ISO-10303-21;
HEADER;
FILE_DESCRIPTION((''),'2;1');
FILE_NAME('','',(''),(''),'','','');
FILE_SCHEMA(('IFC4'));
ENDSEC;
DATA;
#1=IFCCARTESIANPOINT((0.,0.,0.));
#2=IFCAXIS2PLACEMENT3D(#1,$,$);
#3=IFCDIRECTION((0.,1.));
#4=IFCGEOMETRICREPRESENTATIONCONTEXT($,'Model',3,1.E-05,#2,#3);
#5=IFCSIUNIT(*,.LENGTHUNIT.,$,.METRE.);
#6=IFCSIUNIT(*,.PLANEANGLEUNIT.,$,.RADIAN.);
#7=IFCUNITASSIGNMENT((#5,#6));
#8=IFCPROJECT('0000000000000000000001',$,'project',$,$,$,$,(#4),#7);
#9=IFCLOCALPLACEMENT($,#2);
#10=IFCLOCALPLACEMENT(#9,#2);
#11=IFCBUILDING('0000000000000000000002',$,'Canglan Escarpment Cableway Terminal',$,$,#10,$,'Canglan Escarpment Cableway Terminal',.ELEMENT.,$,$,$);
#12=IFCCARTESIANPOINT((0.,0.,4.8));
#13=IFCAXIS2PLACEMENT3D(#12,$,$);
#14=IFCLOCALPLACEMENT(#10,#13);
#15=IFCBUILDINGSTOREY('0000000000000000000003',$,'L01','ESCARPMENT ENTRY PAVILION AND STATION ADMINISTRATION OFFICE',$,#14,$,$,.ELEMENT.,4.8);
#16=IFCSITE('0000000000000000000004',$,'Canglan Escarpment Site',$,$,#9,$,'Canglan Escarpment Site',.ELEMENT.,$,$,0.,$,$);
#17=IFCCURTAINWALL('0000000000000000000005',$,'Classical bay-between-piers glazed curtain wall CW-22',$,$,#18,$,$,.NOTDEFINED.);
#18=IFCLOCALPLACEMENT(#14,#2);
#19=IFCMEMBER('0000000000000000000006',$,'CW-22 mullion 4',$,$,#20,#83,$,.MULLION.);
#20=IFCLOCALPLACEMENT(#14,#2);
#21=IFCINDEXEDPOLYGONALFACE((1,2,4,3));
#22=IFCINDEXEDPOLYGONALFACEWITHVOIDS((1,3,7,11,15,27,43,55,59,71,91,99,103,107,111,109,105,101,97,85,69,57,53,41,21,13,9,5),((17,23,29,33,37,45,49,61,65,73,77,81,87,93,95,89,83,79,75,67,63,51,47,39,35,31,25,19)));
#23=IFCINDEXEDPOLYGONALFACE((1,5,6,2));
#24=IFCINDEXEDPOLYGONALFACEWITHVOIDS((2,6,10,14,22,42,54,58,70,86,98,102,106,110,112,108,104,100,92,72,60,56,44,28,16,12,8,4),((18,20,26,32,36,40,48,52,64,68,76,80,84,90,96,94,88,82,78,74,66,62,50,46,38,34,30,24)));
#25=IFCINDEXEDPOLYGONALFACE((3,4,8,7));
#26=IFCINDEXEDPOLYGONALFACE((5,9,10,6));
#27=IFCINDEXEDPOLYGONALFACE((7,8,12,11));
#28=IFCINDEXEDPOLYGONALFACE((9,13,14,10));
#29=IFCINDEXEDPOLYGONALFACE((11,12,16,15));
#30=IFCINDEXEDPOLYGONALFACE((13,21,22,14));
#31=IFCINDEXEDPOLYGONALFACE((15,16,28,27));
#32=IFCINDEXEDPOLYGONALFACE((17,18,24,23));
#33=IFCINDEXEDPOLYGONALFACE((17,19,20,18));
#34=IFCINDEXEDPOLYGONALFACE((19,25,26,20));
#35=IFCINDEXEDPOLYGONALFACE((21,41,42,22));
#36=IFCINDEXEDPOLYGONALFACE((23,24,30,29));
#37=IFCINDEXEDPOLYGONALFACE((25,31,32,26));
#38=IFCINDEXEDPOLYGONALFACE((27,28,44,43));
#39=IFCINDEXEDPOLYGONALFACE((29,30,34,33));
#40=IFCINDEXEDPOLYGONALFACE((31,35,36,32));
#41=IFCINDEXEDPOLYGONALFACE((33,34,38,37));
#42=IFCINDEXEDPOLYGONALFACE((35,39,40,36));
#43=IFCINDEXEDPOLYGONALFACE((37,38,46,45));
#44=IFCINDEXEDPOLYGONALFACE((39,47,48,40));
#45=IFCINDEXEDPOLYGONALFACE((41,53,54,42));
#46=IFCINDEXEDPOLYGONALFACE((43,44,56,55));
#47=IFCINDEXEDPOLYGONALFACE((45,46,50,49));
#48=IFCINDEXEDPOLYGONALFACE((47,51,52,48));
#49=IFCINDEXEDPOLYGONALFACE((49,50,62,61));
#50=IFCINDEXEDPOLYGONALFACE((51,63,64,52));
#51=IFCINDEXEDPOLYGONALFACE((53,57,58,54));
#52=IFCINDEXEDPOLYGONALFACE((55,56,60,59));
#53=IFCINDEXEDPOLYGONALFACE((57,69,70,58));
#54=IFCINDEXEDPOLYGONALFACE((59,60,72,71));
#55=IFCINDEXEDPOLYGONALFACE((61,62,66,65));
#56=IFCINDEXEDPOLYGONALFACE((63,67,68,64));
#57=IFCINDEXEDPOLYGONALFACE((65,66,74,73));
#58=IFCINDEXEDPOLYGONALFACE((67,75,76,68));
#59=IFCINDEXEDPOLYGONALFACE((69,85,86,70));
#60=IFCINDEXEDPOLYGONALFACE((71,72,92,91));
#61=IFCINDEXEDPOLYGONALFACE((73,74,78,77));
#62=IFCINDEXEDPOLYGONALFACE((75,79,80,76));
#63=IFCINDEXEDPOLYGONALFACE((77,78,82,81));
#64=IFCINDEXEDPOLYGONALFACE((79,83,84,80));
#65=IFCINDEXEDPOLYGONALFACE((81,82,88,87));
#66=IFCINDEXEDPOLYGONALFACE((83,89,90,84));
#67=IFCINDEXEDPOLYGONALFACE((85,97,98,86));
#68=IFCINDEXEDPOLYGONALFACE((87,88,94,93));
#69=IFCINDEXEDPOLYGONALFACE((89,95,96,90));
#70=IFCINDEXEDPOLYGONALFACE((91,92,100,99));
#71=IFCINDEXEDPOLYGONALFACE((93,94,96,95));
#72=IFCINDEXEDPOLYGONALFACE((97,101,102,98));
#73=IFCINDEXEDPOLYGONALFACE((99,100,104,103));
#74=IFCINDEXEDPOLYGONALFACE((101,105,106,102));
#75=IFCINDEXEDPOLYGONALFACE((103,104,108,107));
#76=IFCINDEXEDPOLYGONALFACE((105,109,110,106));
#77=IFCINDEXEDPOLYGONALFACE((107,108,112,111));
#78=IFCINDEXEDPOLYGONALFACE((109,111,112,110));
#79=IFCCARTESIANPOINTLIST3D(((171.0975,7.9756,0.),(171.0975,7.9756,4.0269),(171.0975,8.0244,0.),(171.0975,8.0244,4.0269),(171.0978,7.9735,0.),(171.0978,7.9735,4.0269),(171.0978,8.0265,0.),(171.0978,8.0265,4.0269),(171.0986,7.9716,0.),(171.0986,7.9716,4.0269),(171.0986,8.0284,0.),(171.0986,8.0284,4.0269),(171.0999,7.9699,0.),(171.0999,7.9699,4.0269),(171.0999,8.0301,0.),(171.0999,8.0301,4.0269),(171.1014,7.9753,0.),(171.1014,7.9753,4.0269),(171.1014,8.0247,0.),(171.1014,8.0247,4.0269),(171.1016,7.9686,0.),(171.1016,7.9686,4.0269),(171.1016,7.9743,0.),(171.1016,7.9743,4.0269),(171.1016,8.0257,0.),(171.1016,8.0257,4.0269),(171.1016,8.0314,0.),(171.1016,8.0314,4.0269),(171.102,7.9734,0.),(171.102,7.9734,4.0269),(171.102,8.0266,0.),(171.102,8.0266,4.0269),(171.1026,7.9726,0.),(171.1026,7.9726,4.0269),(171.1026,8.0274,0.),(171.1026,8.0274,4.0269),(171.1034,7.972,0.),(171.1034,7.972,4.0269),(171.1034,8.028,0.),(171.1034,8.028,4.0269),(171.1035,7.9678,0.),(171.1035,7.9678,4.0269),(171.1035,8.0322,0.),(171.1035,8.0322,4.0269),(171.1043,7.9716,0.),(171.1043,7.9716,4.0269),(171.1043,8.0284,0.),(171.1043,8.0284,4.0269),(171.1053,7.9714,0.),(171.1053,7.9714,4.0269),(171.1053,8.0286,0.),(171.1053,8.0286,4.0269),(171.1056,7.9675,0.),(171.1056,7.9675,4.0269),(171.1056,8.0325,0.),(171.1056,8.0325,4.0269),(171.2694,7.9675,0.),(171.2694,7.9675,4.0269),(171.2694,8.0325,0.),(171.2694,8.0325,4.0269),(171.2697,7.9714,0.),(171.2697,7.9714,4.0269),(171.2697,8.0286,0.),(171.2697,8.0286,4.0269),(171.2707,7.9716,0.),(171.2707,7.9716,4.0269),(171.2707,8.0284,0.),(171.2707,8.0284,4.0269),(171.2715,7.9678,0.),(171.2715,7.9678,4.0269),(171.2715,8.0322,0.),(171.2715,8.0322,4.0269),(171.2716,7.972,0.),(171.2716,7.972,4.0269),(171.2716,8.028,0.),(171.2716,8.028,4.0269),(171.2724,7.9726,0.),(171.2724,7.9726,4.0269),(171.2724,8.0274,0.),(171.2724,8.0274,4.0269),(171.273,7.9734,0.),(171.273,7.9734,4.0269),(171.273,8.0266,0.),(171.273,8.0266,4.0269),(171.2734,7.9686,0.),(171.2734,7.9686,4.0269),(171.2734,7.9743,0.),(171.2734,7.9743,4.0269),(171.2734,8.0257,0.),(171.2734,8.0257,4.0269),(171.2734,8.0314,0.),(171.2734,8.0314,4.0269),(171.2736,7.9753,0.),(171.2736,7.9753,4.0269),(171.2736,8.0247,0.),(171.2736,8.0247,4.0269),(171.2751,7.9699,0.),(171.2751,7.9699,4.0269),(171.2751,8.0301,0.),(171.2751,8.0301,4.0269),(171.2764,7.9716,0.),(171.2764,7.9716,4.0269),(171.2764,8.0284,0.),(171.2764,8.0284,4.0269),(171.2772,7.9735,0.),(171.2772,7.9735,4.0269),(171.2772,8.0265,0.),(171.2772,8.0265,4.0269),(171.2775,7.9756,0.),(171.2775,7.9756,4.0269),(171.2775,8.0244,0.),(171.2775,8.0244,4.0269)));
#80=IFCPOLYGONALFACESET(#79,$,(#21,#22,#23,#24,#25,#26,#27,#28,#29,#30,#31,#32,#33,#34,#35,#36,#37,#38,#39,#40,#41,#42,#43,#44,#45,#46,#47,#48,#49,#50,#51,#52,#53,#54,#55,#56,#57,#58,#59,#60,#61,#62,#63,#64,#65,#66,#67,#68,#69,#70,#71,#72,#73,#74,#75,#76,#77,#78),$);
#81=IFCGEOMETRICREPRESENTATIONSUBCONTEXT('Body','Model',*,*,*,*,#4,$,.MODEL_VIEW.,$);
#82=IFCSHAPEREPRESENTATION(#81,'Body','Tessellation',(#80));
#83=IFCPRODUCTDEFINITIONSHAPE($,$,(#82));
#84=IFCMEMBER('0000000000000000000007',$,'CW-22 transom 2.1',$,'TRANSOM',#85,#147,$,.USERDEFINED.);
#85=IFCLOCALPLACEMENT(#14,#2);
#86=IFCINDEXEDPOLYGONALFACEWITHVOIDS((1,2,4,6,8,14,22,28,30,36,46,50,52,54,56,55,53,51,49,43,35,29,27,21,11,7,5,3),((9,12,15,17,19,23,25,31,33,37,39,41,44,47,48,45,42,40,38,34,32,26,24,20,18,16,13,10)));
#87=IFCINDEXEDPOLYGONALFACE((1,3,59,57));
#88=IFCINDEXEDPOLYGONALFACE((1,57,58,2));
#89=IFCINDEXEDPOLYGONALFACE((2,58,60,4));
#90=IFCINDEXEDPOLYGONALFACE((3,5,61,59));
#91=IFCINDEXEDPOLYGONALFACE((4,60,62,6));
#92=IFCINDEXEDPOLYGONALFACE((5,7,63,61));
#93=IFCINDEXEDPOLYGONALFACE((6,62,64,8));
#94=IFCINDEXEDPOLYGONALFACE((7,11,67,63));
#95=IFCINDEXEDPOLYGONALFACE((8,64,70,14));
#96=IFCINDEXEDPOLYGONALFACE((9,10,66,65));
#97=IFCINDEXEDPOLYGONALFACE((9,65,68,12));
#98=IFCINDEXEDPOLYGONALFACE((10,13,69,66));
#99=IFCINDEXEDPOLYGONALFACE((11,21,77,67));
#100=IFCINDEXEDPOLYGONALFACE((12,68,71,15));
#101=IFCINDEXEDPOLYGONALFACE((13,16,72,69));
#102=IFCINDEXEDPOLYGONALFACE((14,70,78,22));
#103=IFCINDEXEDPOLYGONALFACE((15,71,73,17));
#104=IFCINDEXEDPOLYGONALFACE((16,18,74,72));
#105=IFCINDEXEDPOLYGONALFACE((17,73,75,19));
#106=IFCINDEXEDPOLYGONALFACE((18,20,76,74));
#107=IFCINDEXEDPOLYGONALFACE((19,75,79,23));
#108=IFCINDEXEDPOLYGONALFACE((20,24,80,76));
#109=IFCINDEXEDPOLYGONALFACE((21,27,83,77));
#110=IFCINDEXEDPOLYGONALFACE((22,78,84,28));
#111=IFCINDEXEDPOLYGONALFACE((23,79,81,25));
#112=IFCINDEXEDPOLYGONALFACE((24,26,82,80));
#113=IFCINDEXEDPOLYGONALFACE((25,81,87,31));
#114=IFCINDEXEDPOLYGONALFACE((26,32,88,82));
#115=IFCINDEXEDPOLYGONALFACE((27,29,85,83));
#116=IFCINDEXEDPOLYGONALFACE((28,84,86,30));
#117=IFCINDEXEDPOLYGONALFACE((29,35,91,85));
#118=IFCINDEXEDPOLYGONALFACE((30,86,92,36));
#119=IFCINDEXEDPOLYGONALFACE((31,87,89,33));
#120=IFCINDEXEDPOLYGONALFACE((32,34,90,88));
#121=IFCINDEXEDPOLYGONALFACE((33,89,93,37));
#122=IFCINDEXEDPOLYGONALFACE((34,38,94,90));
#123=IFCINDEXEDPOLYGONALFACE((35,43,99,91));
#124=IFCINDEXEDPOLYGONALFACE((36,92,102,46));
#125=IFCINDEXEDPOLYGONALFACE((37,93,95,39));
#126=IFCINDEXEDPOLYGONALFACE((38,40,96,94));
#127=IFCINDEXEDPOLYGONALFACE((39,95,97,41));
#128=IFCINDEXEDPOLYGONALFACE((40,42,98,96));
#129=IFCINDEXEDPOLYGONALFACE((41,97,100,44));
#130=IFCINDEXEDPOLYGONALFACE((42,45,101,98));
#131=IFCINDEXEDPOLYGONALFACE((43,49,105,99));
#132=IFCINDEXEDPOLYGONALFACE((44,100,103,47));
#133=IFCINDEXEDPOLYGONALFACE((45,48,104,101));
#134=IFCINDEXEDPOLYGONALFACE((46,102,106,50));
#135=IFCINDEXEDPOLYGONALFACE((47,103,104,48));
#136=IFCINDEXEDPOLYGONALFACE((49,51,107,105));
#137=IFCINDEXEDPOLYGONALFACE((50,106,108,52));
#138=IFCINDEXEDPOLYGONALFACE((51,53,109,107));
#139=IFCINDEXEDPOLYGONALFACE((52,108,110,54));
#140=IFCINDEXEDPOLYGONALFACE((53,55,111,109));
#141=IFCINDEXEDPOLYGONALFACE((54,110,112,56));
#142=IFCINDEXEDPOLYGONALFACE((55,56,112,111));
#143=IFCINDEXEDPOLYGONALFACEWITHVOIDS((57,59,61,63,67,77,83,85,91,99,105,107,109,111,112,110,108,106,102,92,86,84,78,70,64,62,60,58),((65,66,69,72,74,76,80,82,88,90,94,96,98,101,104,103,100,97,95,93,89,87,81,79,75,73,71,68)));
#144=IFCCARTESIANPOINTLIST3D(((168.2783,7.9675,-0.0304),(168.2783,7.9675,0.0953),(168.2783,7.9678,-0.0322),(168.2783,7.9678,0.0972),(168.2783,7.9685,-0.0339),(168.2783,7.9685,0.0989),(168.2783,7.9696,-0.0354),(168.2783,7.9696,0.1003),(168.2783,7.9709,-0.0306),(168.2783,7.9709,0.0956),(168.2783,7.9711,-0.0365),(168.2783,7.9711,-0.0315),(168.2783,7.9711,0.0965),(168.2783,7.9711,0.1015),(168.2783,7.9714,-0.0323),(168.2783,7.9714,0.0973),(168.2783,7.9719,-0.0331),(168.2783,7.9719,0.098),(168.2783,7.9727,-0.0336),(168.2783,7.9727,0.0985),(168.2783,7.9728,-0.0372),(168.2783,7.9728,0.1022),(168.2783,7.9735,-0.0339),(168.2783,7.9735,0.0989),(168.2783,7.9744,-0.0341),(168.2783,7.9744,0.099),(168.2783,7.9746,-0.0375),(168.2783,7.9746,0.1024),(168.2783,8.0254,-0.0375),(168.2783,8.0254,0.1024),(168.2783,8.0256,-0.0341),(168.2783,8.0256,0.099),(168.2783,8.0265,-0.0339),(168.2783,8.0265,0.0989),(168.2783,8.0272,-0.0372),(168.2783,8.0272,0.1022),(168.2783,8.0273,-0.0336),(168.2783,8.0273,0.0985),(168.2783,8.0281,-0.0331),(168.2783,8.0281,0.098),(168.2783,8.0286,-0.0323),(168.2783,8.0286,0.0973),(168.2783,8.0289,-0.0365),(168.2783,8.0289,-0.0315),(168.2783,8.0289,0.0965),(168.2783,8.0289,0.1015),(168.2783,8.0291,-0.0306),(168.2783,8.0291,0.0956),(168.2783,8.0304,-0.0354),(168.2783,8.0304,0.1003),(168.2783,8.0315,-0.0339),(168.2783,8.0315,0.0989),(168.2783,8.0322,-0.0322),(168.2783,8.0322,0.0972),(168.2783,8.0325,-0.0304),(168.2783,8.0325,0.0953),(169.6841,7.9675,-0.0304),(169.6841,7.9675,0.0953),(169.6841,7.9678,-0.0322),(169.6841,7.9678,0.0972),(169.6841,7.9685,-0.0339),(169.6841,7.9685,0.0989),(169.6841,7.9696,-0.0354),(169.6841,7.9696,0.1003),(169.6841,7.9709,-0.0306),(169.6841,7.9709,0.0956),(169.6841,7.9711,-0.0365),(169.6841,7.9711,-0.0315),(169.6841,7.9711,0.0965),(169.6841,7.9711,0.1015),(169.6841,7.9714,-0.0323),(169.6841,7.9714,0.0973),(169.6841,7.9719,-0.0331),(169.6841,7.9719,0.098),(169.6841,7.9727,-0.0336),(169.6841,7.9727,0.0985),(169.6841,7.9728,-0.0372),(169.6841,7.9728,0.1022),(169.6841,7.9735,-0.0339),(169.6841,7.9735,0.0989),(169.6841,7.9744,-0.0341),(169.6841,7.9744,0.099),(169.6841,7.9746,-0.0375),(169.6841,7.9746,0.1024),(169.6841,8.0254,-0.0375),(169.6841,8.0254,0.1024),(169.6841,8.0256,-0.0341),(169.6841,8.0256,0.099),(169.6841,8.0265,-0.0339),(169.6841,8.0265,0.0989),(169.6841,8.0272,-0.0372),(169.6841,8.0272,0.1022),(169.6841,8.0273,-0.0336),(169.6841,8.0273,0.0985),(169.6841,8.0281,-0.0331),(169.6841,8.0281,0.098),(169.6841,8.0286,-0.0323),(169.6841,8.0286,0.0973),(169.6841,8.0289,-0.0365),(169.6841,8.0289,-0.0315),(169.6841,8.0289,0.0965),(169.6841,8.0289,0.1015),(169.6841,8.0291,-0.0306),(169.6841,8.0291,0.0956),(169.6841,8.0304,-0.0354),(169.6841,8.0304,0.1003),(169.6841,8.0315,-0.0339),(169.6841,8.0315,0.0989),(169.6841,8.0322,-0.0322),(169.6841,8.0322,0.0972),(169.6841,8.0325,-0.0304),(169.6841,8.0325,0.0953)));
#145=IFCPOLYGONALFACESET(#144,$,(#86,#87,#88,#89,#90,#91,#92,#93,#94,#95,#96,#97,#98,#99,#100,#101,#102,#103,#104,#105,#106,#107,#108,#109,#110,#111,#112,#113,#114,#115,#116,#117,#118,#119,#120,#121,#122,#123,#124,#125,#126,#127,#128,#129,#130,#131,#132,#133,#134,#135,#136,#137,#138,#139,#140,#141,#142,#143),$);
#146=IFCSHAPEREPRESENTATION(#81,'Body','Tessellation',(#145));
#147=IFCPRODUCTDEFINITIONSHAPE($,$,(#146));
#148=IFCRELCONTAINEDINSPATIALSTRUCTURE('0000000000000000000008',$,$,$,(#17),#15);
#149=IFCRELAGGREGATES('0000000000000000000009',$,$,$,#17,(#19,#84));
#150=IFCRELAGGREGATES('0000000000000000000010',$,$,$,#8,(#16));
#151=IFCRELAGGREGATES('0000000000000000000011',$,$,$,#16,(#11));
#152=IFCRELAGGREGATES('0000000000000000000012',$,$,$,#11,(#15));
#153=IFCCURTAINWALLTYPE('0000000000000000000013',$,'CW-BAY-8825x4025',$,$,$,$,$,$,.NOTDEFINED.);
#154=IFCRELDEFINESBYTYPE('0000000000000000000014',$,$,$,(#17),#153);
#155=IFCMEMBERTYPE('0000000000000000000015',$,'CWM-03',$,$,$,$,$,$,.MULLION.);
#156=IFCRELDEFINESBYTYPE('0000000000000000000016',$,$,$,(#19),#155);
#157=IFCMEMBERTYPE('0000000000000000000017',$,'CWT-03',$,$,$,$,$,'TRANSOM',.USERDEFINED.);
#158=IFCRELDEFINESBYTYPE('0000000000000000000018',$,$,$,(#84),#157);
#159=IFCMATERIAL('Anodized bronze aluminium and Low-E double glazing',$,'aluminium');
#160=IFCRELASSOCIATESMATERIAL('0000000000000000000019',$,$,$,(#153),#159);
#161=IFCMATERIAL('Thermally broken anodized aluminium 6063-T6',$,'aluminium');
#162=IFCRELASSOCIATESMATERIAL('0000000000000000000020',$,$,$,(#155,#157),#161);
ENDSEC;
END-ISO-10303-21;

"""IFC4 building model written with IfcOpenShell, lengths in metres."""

from ifc_helpers import new_model, si_unit, direction, frame, origin, origin_2d, place, context, subcontext, project, spatial, hollow_rectangle, extrude, material, material_profile, profile_set, type_object, element, aggregate, save


model = new_model("IFC4")

# Units and contexts
model_context = context("Model", 3, precision=1e-05, world=origin(), true_north=direction((0.0, 1.0)))
body_context = subcontext(model_context, "Body", "Model", "MODEL_VIEW")
ifc_project = project(units=[si_unit("LENGTHUNIT", "METRE"), si_unit("PLANEANGLEUNIT", "RADIAN")], contexts=[model_context])

# Site, building, storey
site_placement = place(None, origin())
site = spatial("IfcSite", under=ifc_project, at=site_placement, Name="Canglan Escarpment Site", LongName="Canglan Escarpment Site", CompositionType="ELEMENT", RefElevation=0.0)
building_placement = place(site_placement, origin())
building = spatial("IfcBuilding", under=site, at=building_placement, Name="Canglan Escarpment Cableway Terminal", LongName="Canglan Escarpment Cableway Terminal", CompositionType="ELEMENT")
storey_placement = place(building_placement, frame((0.0, 0.0, 4.8)))
storey = spatial("IfcBuildingStorey", under=building, at=storey_placement, Name="L01", Description="ESCARPMENT ENTRY PAVILION AND STATION ADMINISTRATION OFFICE", CompositionType="ELEMENT", Elevation=4.8)

# Curtain wall, members
ifc_material_1 = material(Name="Anodized bronze aluminium and Low-E double glazing", Category="aluminium")
curtain_wall_type = type_object("IfcCurtainWallType", Name="CW-BAY-8825x4025", PredefinedType="NOTDEFINED", material=ifc_material_1)
curtain_wall_placement = place(storey_placement, origin())
curtain_wall = element("IfcCurtainWall", 1, at=curtain_wall_placement, inside=storey, type_object=curtain_wall_type, Name="Classical bay-between-piers glazed curtain wall CW-22", PredefinedType="NOTDEFINED")
ifc_material_2 = material(Name="Thermally broken anodized aluminium 6063-T6", Category="aluminium")
ifc_material_profile_1 = material_profile(ifc_material_2, hollow_rectangle(XDim=0.0649, YDim=0.1799, WallThickness=0.0039, InnerFilletRadius=0.0039, OuterFilletRadius=0.0081, at=origin_2d()), Name="ALU-MULL 65x180x4")
ifc_profile_set_1 = profile_set([ifc_material_profile_1], Name="Thermally broken anodized aluminium 6063-T6")
member_type_1 = type_object("IfcMemberType", Name="CWM-03", PredefinedType="MULLION", material=ifc_profile_set_1)
member_1_placement = place(storey_placement, frame((171.1875, 8.0, 0.0), z_axis=(0.0, 0.0, 1.0), x_axis=(0.0, 1.0, 0.0)))
member_1 = element("IfcMember", 2, at=member_1_placement, type_object=member_type_1, Name="CW-22 mullion 4", PredefinedType="MULLION", context=body_context, shape_type="SweptSolid", body=[
    extrude(hollow_rectangle(XDim=0.0649, YDim=0.1799, WallThickness=0.0039, InnerFilletRadius=0.0039, OuterFilletRadius=0.0081, at=origin_2d()), origin(), (0.0, 0.0, 1.0), 4.0269),
])
ifc_material_profile_2 = material_profile(ifc_material_2, hollow_rectangle(XDim=0.0649, YDim=0.1399, WallThickness=0.0034, InnerFilletRadius=0.0034, OuterFilletRadius=0.0071, at=origin_2d()), Name="ALU-TRAN 65x140x3.5")
ifc_profile_set_2 = profile_set([ifc_material_profile_2], Name="Thermally broken anodized aluminium 6063-T6")
member_type_2 = type_object("IfcMemberType", Name="CWT-03", ElementType="TRANSOM", PredefinedType="USERDEFINED", material=ifc_profile_set_2)
member_2_placement = place(storey_placement, frame((168.2783, 8.0, 0.0325), z_axis=(1.0, 0.0, 0.0), x_axis=(0.0, 1.0, 0.0)))
member_2 = element("IfcMember", 3, at=member_2_placement, type_object=member_type_2, Name="CW-22 transom 2.1", ObjectType="TRANSOM", PredefinedType="USERDEFINED", context=body_context, shape_type="SweptSolid", body=[
    extrude(hollow_rectangle(XDim=0.0649, YDim=0.1399, WallThickness=0.0034, InnerFilletRadius=0.0034, OuterFilletRadius=0.0071, at=origin_2d()), origin(), (0.0, 0.0, 1.0), 1.4058),
])
aggregate(curtain_wall, [member_1, member_2])

save(model, "model.ifc")
